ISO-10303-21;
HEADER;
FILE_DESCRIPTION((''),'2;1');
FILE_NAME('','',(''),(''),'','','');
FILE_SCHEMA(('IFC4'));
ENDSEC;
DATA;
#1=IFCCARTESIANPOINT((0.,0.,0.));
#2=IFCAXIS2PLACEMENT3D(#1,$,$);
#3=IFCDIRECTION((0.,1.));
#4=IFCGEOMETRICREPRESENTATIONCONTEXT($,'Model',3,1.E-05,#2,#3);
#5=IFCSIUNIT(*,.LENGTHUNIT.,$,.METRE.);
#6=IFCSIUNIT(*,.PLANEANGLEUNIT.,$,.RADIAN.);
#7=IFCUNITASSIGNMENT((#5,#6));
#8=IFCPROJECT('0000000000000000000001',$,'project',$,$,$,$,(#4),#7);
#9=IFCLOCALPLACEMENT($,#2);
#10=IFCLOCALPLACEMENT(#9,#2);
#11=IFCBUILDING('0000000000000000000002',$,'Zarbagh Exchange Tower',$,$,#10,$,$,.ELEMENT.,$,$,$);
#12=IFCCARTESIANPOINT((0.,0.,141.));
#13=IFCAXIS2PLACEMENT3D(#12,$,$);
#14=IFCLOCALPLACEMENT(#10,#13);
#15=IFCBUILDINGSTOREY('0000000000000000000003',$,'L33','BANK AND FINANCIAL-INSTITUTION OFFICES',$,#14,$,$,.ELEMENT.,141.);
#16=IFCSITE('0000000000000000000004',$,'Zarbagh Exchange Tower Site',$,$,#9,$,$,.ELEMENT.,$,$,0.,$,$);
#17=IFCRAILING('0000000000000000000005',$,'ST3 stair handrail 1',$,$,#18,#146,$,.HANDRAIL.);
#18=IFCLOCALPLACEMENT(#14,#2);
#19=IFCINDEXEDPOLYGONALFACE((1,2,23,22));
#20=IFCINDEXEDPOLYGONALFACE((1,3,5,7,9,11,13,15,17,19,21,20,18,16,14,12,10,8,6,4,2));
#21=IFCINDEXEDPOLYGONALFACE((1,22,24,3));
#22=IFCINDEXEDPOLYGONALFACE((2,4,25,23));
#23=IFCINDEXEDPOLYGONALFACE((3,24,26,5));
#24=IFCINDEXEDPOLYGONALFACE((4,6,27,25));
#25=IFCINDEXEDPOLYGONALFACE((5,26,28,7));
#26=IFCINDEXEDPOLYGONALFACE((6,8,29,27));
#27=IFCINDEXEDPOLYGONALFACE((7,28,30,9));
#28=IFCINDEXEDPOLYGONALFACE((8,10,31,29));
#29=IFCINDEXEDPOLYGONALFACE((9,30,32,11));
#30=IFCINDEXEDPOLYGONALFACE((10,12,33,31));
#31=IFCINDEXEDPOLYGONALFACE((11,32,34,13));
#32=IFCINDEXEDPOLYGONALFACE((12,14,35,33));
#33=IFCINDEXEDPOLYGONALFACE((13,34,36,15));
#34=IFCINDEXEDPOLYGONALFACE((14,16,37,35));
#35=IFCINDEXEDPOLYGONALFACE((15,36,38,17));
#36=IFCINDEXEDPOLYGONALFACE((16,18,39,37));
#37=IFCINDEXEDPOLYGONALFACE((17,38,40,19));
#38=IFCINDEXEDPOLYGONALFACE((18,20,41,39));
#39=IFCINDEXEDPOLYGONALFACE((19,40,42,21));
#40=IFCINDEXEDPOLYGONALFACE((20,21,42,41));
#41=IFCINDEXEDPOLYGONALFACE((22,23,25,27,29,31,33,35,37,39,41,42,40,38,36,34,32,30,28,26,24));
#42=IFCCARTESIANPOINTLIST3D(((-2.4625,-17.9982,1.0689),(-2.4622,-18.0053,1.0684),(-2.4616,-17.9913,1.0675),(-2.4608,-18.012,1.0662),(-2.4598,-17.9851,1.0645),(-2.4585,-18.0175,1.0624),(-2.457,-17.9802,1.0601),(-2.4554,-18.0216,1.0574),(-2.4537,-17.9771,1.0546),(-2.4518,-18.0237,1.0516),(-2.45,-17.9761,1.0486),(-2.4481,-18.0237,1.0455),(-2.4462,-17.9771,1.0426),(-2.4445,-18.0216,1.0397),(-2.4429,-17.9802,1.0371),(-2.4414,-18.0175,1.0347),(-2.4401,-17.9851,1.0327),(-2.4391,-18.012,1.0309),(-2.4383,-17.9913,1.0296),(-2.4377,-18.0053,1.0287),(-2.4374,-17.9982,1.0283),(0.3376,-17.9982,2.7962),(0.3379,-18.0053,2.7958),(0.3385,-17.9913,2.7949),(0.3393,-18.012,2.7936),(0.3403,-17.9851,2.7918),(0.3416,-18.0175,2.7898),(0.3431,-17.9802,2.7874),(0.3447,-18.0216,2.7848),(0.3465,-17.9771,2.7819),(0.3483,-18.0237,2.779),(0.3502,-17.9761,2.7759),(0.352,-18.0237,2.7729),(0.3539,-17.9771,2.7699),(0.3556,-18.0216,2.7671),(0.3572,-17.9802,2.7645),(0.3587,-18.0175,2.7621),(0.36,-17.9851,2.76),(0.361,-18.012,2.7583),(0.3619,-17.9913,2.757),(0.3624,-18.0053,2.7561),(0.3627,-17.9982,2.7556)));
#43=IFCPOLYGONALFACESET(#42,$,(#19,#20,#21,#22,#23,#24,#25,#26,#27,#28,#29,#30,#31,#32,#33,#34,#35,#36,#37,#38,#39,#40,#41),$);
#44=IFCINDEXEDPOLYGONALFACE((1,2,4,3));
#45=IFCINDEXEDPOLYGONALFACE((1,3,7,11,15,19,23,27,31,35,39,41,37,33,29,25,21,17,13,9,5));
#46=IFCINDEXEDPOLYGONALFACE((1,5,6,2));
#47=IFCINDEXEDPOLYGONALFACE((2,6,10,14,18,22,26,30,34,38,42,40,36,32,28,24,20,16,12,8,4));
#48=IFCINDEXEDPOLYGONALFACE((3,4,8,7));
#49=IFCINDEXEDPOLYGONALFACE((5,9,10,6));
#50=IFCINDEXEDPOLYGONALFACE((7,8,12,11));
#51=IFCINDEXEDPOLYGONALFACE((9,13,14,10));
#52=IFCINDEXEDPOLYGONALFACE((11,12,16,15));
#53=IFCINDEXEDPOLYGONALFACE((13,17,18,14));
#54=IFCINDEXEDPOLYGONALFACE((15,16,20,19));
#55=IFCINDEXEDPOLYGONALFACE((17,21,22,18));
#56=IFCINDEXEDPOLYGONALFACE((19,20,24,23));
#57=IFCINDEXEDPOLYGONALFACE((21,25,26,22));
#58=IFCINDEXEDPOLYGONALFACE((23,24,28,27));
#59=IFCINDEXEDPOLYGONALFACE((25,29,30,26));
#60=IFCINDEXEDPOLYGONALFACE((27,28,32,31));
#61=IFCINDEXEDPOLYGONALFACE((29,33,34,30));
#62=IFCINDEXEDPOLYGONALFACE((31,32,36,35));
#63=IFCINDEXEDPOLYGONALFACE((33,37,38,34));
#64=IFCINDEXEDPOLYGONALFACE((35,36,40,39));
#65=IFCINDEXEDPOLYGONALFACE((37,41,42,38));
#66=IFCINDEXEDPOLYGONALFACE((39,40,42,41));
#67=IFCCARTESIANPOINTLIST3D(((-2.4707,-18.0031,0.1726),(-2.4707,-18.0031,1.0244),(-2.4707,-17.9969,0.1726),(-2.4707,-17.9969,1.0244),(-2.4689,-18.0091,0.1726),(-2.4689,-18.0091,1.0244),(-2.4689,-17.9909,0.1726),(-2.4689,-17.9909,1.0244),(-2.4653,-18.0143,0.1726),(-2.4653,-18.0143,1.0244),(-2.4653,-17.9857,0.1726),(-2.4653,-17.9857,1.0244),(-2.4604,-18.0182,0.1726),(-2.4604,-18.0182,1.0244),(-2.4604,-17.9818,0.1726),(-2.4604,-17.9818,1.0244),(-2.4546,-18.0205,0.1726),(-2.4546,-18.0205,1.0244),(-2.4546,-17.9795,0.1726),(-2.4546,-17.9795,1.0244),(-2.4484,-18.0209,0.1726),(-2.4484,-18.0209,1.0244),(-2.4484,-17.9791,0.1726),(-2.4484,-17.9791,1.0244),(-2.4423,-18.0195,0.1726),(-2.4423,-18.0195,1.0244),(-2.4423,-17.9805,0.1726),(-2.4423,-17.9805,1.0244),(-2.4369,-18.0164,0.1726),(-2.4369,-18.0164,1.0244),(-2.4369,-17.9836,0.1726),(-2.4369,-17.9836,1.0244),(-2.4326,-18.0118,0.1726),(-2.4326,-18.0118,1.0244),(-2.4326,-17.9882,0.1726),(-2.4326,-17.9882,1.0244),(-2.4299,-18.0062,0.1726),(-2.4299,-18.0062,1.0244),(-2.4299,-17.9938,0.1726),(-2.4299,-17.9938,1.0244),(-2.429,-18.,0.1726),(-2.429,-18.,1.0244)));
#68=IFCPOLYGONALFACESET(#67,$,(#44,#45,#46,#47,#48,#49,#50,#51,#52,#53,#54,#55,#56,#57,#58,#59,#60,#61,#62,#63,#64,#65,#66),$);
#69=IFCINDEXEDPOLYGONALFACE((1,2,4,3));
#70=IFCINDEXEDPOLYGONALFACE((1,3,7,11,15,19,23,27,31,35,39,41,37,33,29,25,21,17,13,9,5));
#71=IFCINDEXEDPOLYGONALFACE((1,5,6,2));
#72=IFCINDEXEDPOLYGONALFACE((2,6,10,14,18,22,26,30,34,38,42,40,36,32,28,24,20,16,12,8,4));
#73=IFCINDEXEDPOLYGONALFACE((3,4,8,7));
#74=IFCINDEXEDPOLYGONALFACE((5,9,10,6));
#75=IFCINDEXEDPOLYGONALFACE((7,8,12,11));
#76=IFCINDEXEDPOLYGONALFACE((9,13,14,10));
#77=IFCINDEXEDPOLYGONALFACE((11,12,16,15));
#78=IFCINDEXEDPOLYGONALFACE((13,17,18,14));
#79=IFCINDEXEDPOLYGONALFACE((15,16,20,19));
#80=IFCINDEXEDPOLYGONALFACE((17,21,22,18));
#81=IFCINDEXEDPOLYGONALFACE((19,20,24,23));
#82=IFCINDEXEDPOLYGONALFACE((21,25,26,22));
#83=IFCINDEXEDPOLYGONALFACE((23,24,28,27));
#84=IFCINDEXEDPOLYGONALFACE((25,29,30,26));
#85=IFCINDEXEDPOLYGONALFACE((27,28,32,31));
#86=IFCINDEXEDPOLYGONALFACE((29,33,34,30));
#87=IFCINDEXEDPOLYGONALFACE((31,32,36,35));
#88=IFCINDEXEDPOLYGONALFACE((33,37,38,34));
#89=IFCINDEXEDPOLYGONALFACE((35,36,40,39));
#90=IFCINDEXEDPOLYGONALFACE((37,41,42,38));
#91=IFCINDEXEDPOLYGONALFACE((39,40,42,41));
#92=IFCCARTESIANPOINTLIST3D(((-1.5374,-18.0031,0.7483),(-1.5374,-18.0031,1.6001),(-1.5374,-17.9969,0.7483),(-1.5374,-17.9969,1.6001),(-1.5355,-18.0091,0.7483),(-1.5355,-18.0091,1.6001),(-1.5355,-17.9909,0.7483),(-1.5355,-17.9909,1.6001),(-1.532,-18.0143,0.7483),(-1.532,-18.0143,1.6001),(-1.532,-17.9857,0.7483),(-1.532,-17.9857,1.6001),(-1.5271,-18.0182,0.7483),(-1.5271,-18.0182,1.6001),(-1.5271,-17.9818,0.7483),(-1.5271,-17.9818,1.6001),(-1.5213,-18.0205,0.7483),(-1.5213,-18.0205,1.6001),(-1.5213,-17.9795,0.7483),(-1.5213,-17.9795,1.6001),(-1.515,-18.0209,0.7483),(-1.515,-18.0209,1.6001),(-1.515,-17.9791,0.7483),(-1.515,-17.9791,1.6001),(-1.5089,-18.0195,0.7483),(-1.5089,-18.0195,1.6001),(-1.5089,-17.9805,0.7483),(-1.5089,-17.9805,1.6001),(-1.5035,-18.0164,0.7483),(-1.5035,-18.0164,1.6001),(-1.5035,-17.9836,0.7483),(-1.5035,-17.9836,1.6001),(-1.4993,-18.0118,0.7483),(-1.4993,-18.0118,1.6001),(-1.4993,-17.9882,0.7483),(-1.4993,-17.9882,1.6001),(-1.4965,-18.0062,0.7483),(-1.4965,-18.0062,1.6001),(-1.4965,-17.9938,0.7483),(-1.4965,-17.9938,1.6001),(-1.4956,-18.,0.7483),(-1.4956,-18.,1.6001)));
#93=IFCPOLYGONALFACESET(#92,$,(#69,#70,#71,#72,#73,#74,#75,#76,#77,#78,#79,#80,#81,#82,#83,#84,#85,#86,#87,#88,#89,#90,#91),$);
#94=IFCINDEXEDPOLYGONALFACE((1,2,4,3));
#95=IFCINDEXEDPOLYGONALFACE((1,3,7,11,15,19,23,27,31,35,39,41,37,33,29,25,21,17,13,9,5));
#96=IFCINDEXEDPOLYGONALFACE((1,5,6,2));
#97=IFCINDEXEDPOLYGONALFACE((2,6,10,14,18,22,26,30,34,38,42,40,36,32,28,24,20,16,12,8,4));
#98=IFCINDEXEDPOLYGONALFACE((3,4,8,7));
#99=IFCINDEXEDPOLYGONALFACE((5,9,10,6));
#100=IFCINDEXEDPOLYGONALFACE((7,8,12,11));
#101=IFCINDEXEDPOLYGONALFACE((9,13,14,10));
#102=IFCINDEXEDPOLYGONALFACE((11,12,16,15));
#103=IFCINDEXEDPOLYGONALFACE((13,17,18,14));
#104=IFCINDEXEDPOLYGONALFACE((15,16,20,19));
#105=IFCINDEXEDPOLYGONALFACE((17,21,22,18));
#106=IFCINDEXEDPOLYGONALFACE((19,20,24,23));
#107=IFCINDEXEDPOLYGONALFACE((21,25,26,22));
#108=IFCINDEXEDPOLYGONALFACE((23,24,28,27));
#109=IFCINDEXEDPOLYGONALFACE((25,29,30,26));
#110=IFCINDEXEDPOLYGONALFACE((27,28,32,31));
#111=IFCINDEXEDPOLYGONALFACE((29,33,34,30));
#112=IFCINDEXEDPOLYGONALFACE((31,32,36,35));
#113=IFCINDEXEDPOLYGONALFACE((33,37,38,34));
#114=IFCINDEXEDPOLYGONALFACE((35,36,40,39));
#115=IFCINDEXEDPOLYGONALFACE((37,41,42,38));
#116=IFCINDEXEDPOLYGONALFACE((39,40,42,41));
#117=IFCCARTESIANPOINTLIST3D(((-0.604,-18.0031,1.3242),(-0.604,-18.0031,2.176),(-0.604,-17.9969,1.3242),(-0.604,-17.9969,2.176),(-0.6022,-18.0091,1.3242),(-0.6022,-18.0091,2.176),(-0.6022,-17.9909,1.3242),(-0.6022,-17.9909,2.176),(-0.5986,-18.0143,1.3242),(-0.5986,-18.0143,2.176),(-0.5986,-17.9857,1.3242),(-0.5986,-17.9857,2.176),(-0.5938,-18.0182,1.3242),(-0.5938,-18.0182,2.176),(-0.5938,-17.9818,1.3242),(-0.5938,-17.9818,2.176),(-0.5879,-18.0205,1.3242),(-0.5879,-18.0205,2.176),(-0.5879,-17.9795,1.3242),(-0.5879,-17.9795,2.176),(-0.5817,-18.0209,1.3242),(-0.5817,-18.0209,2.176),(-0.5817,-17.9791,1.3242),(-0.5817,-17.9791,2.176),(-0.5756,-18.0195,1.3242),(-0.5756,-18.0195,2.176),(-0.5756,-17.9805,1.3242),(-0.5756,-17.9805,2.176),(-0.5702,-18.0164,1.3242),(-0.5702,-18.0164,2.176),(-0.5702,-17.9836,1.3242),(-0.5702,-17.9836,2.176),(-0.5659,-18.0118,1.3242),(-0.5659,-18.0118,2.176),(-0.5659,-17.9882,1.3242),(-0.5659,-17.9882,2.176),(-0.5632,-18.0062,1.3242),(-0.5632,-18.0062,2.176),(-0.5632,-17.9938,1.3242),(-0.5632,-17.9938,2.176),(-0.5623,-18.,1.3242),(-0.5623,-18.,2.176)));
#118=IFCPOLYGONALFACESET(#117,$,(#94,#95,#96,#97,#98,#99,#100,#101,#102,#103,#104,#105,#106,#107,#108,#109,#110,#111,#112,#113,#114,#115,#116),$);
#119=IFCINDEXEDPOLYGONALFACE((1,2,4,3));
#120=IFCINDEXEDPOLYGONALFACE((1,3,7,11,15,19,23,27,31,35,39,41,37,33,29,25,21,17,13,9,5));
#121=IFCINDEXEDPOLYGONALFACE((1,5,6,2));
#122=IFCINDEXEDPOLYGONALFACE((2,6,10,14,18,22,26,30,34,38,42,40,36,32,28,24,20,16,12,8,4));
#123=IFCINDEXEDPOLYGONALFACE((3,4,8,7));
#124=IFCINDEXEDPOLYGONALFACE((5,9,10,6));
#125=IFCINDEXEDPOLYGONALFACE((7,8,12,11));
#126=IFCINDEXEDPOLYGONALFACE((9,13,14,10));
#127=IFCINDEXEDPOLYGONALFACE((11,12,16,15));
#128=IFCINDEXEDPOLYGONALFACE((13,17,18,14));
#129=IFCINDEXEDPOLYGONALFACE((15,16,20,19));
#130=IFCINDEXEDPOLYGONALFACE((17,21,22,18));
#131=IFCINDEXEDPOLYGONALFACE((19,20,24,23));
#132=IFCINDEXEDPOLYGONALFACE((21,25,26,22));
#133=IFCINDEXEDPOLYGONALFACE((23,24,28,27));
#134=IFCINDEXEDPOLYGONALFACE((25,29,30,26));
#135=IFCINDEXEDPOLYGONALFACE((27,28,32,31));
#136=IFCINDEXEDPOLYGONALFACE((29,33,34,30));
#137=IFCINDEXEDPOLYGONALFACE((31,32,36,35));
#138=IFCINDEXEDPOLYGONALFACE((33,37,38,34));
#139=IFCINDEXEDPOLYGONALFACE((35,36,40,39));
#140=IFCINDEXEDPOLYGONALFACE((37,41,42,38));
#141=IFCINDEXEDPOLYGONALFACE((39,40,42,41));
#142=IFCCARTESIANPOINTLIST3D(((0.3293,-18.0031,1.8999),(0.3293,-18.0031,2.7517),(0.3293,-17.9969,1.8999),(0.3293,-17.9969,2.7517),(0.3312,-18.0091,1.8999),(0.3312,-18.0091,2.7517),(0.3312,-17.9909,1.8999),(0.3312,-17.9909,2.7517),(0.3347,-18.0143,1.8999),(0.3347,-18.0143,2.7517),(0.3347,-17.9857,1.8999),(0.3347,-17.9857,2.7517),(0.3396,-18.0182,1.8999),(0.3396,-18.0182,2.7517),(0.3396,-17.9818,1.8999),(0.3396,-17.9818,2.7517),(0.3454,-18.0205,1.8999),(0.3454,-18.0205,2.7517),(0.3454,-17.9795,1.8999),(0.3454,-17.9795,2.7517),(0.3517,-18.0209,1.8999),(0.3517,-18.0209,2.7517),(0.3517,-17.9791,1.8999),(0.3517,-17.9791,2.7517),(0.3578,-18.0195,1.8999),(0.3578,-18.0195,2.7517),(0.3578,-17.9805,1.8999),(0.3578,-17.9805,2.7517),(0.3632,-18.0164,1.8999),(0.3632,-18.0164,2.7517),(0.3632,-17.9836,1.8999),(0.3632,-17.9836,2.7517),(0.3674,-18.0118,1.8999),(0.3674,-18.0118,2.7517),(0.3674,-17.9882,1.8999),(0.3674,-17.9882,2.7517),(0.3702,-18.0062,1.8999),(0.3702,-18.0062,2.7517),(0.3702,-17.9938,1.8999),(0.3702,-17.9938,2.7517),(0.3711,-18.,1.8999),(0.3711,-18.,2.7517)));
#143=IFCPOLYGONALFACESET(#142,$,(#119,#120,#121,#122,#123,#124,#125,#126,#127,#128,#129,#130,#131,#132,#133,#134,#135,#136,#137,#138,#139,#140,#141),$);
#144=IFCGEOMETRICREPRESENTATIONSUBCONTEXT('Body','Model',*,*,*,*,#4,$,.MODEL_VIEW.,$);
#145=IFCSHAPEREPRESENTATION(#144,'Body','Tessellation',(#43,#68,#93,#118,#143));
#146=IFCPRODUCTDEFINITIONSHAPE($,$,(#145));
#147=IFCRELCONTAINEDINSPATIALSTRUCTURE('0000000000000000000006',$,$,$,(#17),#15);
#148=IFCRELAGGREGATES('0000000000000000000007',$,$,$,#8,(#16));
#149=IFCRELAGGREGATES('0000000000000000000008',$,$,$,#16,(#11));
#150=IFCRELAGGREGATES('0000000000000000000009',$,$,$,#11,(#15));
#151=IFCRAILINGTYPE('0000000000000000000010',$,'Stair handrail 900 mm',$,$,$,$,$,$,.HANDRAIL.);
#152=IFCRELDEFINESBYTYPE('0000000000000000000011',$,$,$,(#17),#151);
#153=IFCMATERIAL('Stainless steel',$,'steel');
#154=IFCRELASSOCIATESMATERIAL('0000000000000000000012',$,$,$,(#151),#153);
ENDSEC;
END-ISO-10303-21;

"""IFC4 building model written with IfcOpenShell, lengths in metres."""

from ifc_helpers import new_model, si_unit, direction, frame, origin, origin_2d, place, context, subcontext, project, spatial, circle, extrude, material, type_object, element, save


model = new_model("IFC4")

# Units and contexts
model_context = context("Model", 3, precision=1e-05, world=origin(), true_north=direction((0.0, 1.0)))
body_context = subcontext(model_context, "Body", "Model", "MODEL_VIEW")
ifc_project = project(units=[si_unit("LENGTHUNIT", "METRE"), si_unit("PLANEANGLEUNIT", "RADIAN")], contexts=[model_context])

# Site, building, storey
site_placement = place(None, origin())
site = spatial("IfcSite", under=ifc_project, at=site_placement, Name="Zarbagh Exchange Tower Site", CompositionType="ELEMENT", RefElevation=0.0)
building_placement = place(site_placement, origin())
building = spatial("IfcBuilding", under=site, at=building_placement, Name="Zarbagh Exchange Tower", CompositionType="ELEMENT")
storey_placement = place(building_placement, frame((0.0, 0.0, 141.0)))
storey = spatial("IfcBuildingStorey", under=building, at=storey_placement, Name="L33", Description="BANK AND FINANCIAL-INSTITUTION OFFICES", CompositionType="ELEMENT", Elevation=141.0)

# Shared definitions
ifc_material_1 = material(Name="Stainless steel", Category="steel")

# Railing
railing_type_1 = type_object("IfcRailingType", Name="Stair handrail 900 mm", PredefinedType="HANDRAIL", material=ifc_material_1)
for number, where, name in (
    (1, (-2.45, -18.0, 0.1726), "ST3 stair handrail 1"),
):
    element("IfcRailing", number, at=place(storey_placement, frame(where)), inside=storey, type_object=railing_type_1, Name=name, PredefinedType="HANDRAIL", context=body_context, shape_type="SweptSolid", body=[
        extrude(circle(Radius=0.0239, at=origin_2d()), frame((0.0, 0.0, 0.876), z_axis=(0.85109, 0.0, 0.52502), x_axis=(0.0, 1.0, 0.0)), (0.0, 0.0, 1.0), 3.29),
        extrude(circle(Radius=0.021, at=origin_2d()), origin(), (0.0, 0.0, 1.0), 0.8518),
        extrude(circle(Radius=0.021, at=origin_2d()), frame((0.9333, 0.0, 0.5757)), (0.0, 0.0, 1.0), 0.8518),
        extrude(circle(Radius=0.021, at=origin_2d()), frame((1.8667, 0.0, 1.1516)), (0.0, 0.0, 1.0), 0.8518),
        extrude(circle(Radius=0.021, at=origin_2d()), frame((2.8, 0.0, 1.7273)), (0.0, 0.0, 1.0), 0.8518),
    ])

save(model, "model.ifc")
